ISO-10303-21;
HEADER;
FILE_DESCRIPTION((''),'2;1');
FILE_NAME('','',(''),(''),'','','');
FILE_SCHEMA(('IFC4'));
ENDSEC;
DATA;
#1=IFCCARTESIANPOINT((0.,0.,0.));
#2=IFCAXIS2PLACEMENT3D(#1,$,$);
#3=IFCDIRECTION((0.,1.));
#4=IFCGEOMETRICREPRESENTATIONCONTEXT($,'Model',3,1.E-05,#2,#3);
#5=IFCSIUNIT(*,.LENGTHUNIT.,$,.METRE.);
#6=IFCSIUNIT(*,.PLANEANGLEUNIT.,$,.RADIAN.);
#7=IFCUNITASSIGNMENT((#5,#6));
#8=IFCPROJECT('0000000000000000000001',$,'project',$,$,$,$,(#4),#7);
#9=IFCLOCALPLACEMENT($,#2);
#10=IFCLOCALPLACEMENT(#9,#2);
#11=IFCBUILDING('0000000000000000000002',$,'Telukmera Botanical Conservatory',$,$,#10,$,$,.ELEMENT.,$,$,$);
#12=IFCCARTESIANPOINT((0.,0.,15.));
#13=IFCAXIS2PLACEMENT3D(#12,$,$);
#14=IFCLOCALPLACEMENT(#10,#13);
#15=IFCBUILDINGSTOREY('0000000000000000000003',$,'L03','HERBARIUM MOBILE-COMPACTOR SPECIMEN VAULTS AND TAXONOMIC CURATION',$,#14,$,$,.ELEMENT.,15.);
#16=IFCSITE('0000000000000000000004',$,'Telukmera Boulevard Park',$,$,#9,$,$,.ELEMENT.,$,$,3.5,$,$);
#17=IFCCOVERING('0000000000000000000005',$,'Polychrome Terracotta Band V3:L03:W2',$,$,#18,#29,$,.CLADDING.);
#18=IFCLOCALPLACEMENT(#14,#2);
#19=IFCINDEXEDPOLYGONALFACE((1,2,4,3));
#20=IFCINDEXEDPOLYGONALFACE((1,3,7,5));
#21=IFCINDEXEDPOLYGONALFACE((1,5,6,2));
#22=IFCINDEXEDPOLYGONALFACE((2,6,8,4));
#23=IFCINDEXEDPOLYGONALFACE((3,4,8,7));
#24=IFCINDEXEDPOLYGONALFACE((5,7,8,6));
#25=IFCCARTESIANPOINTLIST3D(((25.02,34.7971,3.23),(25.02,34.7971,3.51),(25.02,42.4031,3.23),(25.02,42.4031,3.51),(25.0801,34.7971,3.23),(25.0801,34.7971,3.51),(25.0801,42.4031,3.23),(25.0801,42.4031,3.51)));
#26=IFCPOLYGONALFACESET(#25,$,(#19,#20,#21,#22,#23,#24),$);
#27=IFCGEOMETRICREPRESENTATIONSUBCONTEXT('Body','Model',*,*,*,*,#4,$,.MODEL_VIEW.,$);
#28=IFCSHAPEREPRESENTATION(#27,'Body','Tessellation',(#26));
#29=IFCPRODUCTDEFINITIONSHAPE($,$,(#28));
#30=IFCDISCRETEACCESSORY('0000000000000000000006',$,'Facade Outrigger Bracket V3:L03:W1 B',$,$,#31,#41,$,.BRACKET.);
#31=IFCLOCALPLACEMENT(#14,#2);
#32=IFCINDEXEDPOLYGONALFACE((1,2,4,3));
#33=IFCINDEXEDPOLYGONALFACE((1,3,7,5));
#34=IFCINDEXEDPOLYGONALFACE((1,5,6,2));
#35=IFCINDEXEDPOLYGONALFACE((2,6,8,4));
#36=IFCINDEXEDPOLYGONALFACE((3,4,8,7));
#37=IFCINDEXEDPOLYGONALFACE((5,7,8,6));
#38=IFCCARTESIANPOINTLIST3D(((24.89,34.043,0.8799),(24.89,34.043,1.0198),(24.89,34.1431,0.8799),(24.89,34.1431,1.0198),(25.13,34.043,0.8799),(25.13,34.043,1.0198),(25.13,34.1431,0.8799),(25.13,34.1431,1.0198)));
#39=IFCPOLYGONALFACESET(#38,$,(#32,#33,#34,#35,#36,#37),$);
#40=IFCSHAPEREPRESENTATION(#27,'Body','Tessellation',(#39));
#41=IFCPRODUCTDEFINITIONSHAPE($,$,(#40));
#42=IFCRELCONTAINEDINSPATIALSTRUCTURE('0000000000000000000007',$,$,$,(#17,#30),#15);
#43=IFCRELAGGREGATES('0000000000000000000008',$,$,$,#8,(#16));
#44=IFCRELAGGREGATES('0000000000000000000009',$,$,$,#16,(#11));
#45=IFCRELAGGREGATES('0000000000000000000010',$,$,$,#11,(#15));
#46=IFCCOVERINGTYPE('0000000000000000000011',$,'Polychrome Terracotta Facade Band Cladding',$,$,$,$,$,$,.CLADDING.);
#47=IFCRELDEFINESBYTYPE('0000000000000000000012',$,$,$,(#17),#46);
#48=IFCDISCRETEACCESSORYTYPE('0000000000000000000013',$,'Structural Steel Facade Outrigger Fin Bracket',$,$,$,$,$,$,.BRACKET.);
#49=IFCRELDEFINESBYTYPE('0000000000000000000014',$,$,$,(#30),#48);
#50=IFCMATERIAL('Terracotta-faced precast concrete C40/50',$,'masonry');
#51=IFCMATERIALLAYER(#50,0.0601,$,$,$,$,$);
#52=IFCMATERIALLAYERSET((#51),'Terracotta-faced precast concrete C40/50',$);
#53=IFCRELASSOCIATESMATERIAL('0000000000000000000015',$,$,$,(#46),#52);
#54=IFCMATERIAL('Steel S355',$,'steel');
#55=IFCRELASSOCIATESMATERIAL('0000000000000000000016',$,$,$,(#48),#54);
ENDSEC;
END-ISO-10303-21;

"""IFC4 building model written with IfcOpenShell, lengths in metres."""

from ifc_helpers import new_model, si_unit, direction, frame, origin, origin_2d, place, context, subcontext, project, spatial, rectangle, extrude, material, layer, layer_set, type_object, element, save


model = new_model("IFC4")

# Units and contexts
model_context = context("Model", 3, precision=1e-05, world=origin(), true_north=direction((0.0, 1.0)))
body_context = subcontext(model_context, "Body", "Model", "MODEL_VIEW")
ifc_project = project(units=[si_unit("LENGTHUNIT", "METRE"), si_unit("PLANEANGLEUNIT", "RADIAN")], contexts=[model_context])

# Site, building, storey
site_placement = place(None, origin())
site = spatial("IfcSite", under=ifc_project, at=site_placement, Name="Telukmera Boulevard Park", CompositionType="ELEMENT", RefElevation=3.5)
building_placement = place(site_placement, origin())
building = spatial("IfcBuilding", under=site, at=building_placement, Name="Telukmera Botanical Conservatory", CompositionType="ELEMENT")
storey_placement = place(building_placement, frame((0.0, 0.0, 15.0)))
storey = spatial("IfcBuildingStorey", under=building, at=storey_placement, Name="L03", Description="HERBARIUM MOBILE-COMPACTOR SPECIMEN VAULTS AND TAXONOMIC CURATION", CompositionType="ELEMENT", Elevation=15.0)

# Covering
ifc_material_1 = material(Name="Terracotta-faced precast concrete C40/50", Category="masonry")
ifc_layer_1 = layer(ifc_material_1, 0.0601)
ifc_layer_set_1 = layer_set([ifc_layer_1], Name="Terracotta-faced precast concrete C40/50")
covering_type_1 = type_object("IfcCoveringType", Name="Polychrome Terracotta Facade Band Cladding", PredefinedType="CLADDING", material=ifc_layer_set_1)
covering_placement = place(storey_placement, frame((25.05, 38.6001, 3.23), z_axis=(0.0, 0.0, 1.0), x_axis=(0.0, 1.0, 0.0)))
element("IfcCovering", 1, at=covering_placement, inside=storey, type_object=covering_type_1, Name="Polychrome Terracotta Band V3:L03:W2", PredefinedType="CLADDING", context=body_context, shape_type="SweptSolid", body=[
    extrude(rectangle(XDim=7.606, YDim=0.0601, at=origin_2d()), origin(), (0.0, 0.0, 1.0), 0.28),
])

# Discrete accessory
ifc_material_2 = material(Name="Steel S355", Category="steel")
discrete_accessory_type = type_object("IfcDiscreteAccessoryType", Name="Structural Steel Facade Outrigger Fin Bracket", PredefinedType="BRACKET", material=ifc_material_2)
discrete_accessory_placement = place(storey_placement, frame((25.01, 34.093, 0.8799), z_axis=(0.0, 0.0, 1.0), x_axis=(0.0, 1.0, 0.0)))
element("IfcDiscreteAccessory", 2, at=discrete_accessory_placement, inside=storey, type_object=discrete_accessory_type, Name="Facade Outrigger Bracket V3:L03:W1 B", PredefinedType="BRACKET", context=body_context, shape_type="SweptSolid", body=[
    extrude(rectangle(XDim=0.1001, YDim=0.24, at=origin_2d()), origin(), (0.0, 0.0, 1.0), 0.1399),
])

save(model, "model.ifc")
